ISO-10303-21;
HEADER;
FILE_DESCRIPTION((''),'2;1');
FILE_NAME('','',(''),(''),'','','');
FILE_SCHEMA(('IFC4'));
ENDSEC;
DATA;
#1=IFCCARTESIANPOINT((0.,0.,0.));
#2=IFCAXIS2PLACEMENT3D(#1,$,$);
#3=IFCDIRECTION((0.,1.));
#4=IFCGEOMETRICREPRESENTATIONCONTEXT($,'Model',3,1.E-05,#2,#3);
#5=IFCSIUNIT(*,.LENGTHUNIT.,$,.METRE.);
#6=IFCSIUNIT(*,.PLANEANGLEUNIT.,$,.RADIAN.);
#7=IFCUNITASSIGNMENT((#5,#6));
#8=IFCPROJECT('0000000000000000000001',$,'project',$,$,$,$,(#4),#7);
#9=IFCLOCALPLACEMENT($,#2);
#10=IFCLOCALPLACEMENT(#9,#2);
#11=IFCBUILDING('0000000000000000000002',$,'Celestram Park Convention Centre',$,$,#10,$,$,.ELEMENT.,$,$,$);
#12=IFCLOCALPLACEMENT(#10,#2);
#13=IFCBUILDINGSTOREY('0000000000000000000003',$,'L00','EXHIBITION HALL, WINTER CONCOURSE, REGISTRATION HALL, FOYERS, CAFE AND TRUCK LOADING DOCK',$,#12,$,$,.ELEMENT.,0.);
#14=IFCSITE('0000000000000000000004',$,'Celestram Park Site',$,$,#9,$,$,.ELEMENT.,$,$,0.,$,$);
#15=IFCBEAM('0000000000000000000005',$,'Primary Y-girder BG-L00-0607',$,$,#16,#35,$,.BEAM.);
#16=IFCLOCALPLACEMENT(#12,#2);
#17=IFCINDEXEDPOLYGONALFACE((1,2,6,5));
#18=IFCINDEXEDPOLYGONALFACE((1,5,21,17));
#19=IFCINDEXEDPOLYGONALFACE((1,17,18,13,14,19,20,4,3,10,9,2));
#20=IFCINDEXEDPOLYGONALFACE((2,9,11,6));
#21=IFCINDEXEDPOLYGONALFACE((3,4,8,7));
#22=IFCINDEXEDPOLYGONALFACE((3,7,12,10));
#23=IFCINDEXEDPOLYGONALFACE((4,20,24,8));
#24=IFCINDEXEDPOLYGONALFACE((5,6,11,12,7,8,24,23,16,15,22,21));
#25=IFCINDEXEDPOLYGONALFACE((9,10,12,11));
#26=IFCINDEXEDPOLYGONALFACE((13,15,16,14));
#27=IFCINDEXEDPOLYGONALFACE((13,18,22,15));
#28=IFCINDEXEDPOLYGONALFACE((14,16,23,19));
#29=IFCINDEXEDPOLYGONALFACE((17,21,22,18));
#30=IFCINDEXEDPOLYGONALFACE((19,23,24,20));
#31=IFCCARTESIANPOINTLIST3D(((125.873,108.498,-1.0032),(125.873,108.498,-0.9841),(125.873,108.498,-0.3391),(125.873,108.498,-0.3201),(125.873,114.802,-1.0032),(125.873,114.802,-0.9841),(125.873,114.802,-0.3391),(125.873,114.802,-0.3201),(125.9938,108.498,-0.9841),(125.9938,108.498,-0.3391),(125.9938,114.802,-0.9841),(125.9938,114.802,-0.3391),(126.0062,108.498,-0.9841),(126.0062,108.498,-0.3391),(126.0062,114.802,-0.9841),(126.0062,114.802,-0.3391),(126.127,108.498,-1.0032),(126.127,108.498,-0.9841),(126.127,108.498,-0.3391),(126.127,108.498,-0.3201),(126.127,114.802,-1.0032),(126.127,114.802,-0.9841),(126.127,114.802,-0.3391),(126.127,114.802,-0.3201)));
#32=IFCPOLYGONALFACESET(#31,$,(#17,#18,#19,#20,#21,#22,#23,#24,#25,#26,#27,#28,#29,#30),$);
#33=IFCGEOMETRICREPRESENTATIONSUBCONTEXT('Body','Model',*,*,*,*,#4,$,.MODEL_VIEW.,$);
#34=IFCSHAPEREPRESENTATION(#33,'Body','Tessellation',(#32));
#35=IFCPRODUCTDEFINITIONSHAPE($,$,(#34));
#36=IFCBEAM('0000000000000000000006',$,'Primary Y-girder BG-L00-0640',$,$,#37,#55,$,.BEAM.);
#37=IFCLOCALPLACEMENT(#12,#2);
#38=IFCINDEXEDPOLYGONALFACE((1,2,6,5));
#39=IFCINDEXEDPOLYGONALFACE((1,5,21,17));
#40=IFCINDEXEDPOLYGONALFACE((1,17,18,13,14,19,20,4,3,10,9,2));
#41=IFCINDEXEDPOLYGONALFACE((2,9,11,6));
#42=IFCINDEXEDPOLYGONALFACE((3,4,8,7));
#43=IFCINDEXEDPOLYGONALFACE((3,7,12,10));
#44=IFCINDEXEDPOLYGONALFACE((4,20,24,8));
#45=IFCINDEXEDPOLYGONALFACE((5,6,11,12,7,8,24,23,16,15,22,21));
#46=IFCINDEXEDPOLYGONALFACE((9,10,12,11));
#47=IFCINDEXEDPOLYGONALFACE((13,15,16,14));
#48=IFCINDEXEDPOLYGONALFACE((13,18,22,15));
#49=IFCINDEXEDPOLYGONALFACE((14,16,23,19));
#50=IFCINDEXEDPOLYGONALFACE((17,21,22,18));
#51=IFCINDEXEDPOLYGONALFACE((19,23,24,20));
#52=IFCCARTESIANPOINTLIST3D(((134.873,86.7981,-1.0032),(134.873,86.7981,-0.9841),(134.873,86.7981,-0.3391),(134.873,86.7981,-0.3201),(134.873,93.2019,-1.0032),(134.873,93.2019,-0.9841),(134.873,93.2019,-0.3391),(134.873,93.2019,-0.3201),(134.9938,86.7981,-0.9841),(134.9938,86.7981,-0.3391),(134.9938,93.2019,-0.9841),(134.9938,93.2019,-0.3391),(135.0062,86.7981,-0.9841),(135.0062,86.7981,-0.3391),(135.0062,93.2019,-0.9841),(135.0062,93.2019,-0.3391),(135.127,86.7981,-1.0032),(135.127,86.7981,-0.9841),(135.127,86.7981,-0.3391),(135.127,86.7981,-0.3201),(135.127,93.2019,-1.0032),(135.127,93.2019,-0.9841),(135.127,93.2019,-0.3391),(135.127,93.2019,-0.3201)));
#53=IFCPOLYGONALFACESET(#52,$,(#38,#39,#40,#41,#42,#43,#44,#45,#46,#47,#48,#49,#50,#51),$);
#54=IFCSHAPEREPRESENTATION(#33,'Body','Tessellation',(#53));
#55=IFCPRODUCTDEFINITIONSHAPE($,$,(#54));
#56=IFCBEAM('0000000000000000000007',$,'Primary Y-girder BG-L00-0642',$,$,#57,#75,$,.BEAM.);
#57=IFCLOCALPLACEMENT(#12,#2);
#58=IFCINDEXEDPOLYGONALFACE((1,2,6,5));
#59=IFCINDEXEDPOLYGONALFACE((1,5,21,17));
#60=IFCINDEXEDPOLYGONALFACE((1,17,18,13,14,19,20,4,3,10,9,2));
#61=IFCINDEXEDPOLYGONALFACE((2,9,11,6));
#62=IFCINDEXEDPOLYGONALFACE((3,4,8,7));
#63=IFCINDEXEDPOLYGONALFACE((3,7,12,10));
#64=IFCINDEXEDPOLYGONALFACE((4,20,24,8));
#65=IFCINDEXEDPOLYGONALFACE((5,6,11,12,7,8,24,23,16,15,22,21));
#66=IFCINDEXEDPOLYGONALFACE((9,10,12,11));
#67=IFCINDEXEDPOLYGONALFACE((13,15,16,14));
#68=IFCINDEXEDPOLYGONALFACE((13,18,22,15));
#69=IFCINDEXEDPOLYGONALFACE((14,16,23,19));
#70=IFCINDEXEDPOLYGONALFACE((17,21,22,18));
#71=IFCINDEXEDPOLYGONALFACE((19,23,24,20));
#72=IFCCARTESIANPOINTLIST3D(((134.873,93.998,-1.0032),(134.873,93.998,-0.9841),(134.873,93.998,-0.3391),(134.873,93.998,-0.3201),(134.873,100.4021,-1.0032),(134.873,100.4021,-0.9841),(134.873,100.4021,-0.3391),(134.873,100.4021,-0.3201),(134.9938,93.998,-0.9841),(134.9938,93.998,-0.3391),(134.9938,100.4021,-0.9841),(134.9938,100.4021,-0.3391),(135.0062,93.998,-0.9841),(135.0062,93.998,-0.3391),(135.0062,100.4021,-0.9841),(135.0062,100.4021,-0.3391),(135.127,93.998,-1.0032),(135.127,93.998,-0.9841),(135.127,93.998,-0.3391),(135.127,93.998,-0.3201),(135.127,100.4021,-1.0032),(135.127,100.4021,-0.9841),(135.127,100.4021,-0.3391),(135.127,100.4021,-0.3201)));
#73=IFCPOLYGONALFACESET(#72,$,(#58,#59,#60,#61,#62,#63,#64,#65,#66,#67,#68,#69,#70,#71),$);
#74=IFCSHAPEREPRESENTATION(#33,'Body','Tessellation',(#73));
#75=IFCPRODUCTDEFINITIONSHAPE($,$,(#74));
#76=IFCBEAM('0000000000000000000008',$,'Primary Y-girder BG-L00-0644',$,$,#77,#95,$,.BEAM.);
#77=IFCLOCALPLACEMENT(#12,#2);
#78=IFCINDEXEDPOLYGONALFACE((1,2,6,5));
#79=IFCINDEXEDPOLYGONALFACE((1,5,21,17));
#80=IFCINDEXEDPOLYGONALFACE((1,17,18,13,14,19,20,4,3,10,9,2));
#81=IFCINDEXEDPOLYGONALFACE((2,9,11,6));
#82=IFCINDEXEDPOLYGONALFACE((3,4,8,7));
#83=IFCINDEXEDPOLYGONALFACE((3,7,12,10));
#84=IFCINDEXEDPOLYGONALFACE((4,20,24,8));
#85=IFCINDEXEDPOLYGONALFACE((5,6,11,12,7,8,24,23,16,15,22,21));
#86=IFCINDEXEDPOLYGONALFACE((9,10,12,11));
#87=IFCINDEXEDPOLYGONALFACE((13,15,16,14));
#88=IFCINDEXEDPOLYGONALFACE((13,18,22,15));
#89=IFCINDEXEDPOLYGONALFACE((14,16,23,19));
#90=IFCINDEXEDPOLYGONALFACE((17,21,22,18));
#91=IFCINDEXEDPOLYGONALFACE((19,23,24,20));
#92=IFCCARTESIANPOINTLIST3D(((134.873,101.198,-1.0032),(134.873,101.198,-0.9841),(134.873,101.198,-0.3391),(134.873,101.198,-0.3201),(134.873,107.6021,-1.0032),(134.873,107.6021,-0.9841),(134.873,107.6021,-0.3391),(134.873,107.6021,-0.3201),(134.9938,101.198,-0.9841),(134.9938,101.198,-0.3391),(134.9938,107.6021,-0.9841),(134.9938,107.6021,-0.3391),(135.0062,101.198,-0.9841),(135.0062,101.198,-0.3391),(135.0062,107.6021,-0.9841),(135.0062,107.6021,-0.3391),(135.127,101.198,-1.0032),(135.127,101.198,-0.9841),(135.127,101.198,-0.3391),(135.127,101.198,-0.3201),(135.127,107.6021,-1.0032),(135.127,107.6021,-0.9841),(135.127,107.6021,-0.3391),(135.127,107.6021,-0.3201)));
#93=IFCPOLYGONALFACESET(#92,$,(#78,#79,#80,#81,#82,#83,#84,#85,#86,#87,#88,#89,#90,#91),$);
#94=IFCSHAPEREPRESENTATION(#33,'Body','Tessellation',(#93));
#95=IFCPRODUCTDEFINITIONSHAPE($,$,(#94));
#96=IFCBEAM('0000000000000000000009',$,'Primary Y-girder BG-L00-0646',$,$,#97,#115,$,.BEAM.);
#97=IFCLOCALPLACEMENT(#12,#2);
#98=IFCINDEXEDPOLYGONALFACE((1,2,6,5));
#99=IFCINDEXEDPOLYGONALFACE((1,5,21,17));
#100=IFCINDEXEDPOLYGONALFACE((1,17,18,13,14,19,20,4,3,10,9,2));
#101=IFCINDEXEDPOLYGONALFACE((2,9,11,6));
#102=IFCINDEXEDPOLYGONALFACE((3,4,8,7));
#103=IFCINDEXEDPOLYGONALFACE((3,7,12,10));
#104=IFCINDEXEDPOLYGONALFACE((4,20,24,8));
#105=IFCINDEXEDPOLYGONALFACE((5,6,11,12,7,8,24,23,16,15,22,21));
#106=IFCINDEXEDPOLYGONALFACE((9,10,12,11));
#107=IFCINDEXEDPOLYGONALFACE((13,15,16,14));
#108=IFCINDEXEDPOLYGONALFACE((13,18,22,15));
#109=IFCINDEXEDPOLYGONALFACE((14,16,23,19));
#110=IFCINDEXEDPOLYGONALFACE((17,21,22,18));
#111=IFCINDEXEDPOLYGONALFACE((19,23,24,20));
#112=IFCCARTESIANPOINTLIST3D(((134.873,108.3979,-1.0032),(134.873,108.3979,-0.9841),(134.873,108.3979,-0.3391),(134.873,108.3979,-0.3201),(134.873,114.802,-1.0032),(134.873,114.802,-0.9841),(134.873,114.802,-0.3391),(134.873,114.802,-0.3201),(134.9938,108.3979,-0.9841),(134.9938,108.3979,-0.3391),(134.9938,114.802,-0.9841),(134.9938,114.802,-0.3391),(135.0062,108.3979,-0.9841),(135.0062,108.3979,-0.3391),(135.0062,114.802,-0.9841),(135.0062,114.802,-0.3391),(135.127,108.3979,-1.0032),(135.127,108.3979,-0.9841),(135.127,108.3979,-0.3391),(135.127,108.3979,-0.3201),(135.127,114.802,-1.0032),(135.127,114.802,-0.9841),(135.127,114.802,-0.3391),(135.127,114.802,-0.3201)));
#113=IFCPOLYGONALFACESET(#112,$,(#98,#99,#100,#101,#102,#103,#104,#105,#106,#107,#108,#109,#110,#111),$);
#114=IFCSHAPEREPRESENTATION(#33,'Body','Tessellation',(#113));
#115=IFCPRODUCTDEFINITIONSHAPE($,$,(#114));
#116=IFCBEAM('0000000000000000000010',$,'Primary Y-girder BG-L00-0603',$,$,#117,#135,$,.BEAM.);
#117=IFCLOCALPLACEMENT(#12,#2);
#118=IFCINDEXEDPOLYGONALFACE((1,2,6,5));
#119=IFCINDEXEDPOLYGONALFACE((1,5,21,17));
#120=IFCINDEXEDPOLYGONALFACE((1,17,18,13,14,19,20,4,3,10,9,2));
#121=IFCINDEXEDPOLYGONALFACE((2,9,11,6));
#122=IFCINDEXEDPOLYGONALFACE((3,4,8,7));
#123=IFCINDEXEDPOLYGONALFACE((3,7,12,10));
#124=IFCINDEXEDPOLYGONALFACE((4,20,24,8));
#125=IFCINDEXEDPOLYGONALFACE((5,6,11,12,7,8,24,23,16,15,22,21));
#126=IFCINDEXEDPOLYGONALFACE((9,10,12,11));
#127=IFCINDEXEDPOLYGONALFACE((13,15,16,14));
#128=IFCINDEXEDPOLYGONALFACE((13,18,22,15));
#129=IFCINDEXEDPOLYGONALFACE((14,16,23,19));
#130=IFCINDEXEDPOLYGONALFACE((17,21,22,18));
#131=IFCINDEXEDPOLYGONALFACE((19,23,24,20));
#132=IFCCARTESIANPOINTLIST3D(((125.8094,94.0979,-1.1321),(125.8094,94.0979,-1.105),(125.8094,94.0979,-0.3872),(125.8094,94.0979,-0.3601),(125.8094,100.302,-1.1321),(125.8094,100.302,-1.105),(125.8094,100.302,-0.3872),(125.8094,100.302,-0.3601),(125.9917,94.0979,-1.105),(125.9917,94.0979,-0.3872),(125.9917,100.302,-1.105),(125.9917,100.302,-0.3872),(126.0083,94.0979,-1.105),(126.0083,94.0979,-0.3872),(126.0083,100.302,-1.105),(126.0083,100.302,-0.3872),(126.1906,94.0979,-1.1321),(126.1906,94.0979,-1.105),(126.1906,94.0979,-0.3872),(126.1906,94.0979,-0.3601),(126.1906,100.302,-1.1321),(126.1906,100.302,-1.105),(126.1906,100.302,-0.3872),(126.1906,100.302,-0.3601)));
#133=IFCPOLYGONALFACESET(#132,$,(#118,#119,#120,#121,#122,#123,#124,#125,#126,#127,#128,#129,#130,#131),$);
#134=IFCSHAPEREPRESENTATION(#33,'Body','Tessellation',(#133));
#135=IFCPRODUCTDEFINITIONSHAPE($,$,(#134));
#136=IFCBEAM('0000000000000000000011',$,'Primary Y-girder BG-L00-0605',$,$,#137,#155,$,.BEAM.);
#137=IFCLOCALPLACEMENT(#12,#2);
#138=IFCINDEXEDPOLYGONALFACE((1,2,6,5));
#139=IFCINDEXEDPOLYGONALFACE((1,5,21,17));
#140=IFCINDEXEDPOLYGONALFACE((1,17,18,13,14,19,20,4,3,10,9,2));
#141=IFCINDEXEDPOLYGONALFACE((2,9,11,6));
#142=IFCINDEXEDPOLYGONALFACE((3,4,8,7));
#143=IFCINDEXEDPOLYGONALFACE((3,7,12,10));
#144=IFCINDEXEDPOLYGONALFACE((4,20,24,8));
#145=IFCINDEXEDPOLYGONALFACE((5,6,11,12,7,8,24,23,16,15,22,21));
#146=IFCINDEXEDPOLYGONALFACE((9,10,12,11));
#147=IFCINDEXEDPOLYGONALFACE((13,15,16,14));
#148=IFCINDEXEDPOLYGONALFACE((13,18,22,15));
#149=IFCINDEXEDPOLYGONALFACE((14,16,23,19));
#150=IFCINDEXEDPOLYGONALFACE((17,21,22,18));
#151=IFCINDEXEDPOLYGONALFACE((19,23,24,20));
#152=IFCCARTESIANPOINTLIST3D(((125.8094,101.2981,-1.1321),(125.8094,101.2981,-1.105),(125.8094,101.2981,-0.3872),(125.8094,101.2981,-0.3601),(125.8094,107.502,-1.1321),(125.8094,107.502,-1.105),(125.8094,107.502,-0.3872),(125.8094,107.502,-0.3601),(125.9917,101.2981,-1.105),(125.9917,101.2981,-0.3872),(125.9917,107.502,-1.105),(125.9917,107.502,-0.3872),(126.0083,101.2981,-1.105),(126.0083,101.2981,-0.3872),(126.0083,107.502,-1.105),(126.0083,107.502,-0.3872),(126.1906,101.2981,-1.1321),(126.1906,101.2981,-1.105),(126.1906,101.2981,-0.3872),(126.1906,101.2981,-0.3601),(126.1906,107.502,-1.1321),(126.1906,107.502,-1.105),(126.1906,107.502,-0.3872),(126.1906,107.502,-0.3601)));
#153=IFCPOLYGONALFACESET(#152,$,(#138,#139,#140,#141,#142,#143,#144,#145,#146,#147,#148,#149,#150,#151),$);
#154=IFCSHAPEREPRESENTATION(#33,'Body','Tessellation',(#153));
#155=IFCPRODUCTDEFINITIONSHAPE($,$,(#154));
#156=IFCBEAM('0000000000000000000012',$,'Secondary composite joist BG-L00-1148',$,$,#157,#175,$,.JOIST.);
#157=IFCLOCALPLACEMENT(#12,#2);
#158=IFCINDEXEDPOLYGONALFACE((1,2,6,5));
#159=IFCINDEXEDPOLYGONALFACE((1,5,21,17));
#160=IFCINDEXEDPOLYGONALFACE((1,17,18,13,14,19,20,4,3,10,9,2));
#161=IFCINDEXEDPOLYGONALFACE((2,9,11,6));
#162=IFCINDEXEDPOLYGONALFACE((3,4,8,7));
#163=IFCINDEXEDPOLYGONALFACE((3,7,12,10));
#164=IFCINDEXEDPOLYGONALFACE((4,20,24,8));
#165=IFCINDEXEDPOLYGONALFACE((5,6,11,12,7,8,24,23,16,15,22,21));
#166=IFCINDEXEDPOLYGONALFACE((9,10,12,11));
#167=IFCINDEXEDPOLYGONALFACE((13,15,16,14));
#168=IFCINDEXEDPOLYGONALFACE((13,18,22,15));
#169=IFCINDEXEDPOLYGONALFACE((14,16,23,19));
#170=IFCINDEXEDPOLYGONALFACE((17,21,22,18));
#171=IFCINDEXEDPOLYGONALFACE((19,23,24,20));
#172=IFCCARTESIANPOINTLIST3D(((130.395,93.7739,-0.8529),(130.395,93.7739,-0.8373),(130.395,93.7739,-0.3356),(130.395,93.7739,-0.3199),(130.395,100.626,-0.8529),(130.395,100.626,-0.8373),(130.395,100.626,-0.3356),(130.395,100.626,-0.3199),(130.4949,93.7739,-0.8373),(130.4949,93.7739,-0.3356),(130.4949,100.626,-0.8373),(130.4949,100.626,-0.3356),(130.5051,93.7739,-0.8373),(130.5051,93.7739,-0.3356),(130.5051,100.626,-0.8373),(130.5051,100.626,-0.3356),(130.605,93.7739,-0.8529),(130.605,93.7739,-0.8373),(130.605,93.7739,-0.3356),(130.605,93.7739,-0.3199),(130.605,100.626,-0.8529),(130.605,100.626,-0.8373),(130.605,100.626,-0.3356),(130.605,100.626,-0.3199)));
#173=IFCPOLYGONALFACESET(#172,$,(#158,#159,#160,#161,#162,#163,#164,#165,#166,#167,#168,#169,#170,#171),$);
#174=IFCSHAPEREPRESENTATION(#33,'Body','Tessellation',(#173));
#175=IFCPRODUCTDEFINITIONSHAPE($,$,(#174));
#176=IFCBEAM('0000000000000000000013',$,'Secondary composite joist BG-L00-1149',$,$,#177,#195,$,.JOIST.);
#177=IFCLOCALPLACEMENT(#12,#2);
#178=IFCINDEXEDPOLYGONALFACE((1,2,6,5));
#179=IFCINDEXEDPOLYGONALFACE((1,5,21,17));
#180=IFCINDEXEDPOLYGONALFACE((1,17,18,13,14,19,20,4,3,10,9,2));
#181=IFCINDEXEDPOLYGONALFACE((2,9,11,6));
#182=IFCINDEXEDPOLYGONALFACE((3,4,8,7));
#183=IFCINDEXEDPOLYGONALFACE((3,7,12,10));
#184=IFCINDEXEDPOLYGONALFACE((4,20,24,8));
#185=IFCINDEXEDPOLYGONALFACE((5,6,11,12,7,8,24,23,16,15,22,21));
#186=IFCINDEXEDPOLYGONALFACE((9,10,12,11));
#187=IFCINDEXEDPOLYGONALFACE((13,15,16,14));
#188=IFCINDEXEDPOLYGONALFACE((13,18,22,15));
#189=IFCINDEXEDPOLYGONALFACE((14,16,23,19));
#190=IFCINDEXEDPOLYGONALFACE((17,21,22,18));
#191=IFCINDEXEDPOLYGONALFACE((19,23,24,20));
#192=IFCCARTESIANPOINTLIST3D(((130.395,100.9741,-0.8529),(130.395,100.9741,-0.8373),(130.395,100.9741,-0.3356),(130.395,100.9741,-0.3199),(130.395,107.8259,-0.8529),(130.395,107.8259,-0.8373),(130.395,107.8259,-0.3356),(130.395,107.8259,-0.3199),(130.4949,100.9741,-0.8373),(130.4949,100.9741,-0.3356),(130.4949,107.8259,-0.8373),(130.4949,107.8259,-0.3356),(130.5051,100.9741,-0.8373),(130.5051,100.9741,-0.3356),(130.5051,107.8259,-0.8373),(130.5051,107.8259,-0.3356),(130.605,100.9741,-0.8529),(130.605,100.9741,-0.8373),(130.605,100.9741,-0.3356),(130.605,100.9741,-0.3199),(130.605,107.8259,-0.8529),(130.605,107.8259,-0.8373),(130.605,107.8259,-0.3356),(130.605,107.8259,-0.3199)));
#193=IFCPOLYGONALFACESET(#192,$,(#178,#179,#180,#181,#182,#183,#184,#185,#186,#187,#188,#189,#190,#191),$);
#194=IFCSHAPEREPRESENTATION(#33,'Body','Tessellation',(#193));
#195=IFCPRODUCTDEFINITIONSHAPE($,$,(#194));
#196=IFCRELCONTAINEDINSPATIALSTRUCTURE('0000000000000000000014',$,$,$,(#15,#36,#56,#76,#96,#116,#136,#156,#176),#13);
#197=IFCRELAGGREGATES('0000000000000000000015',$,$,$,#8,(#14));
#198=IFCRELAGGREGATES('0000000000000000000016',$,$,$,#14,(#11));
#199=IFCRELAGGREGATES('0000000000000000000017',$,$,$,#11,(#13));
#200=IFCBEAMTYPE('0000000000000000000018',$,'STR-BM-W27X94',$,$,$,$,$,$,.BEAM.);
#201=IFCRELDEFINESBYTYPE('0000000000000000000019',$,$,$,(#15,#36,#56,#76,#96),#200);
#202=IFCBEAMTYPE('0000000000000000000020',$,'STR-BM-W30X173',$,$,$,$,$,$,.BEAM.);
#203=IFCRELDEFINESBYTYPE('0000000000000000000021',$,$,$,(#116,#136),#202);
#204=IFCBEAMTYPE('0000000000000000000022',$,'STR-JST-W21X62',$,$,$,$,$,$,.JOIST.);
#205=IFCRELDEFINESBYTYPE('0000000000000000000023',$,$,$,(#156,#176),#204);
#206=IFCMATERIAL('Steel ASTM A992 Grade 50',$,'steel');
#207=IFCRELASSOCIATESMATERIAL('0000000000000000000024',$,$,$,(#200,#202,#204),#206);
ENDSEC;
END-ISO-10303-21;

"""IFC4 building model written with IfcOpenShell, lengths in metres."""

from ifc_helpers import new_model, si_unit, direction, frame, origin, origin_2d, place, context, subcontext, project, spatial, i_section, extrude, material, material_profile, profile_set, type_object, element, save


model = new_model("IFC4")

# Units and contexts
model_context = context("Model", 3, precision=1e-05, world=origin(), true_north=direction((0.0, 1.0)))
body_context = subcontext(model_context, "Body", "Model", "MODEL_VIEW")
ifc_project = project(units=[si_unit("LENGTHUNIT", "METRE"), si_unit("PLANEANGLEUNIT", "RADIAN")], contexts=[model_context])

# Site, building, storey
site_placement = place(None, origin())
site = spatial("IfcSite", under=ifc_project, at=site_placement, Name="Celestram Park Site", CompositionType="ELEMENT", RefElevation=0.0)
building_placement = place(site_placement, origin())
building = spatial("IfcBuilding", under=site, at=building_placement, Name="Celestram Park Convention Centre", CompositionType="ELEMENT")
storey_placement = place(building_placement, origin())
storey = spatial("IfcBuildingStorey", under=building, at=storey_placement, Name="L00", Description="EXHIBITION HALL, WINTER CONCOURSE, REGISTRATION HALL, FOYERS, CAFE AND TRUCK LOADING DOCK", CompositionType="ELEMENT", Elevation=0.0)

# Beams
ifc_material_1 = material(Name="Steel ASTM A992 Grade 50", Category="steel")
ifc_material_profile_1 = material_profile(ifc_material_1, i_section(OverallWidth=0.2539, OverallDepth=0.6831, WebThickness=0.0125, FlangeThickness=0.019, at=origin_2d()), Name="W27X94")
ifc_profile_set_1 = profile_set([ifc_material_profile_1], Name="Steel ASTM A992 Grade 50")
beam_type_1 = type_object("IfcBeamType", Name="STR-BM-W27X94", PredefinedType="BEAM", material=ifc_profile_set_1)
beam_1_placement = place(storey_placement, frame((126.0, 108.498, -0.6616), z_axis=(0.0, 1.0, 0.0), x_axis=(-1.0, 0.0, 0.0)))
element("IfcBeam", 1, at=beam_1_placement, inside=storey, type_object=beam_type_1, Name="Primary Y-girder BG-L00-0607", PredefinedType="BEAM", context=body_context, shape_type="SweptSolid", body=[
    extrude(i_section(OverallWidth=0.2539, OverallDepth=0.6831, WebThickness=0.0125, FlangeThickness=0.019, at=origin_2d()), origin(), (0.0, 0.0, 1.0), 6.304),
])
beam_2_placement = place(storey_placement, frame((135.0, 86.7981, -0.6616), z_axis=(0.0, 1.0, 0.0), x_axis=(-1.0, 0.0, 0.0)))
element("IfcBeam", 2, at=beam_2_placement, inside=storey, type_object=beam_type_1, Name="Primary Y-girder BG-L00-0640", PredefinedType="BEAM", context=body_context, shape_type="SweptSolid", body=[
    extrude(i_section(OverallWidth=0.2539, OverallDepth=0.6831, WebThickness=0.0125, FlangeThickness=0.019, at=origin_2d()), origin(), (0.0, 0.0, 1.0), 6.4038),
])
for number, where, z_axis, x_axis, name in (
    (3, (135.0, 93.998, -0.6616), (0.0, 1.0, 0.0), (-1.0, 0.0, 0.0), "Primary Y-girder BG-L00-0642"),
    (4, (135.0, 101.198, -0.6616), (0.0, 1.0, 0.0), (-1.0, 0.0, 0.0), "Primary Y-girder BG-L00-0644"),
    (5, (135.0, 108.3979, -0.6616), (0.0, 1.0, 0.0), (-1.0, 0.0, 0.0), "Primary Y-girder BG-L00-0646"),
):
    element("IfcBeam", number, at=place(storey_placement, frame(where, z_axis=z_axis, x_axis=x_axis)), inside=storey, type_object=beam_type_1, Name=name, PredefinedType="BEAM", context=body_context, shape_type="SweptSolid", body=[
        extrude(i_section(OverallWidth=0.2539, OverallDepth=0.6831, WebThickness=0.0125, FlangeThickness=0.019, at=origin_2d()), origin(), (0.0, 0.0, 1.0), 6.4041),
    ])
ifc_material_profile_2 = material_profile(ifc_material_1, i_section(OverallWidth=0.3811, OverallDepth=0.772, WebThickness=0.0166, FlangeThickness=0.0271, at=origin_2d()), Name="W30X173")
ifc_profile_set_2 = profile_set([ifc_material_profile_2], Name="Steel ASTM A992 Grade 50")
beam_type_2 = type_object("IfcBeamType", Name="STR-BM-W30X173", PredefinedType="BEAM", material=ifc_profile_set_2)
beam_3_placement = place(storey_placement, frame((126.0, 94.0979, -0.7461), z_axis=(0.0, 1.0, 0.0), x_axis=(-1.0, 0.0, 0.0)))
element("IfcBeam", 6, at=beam_3_placement, inside=storey, type_object=beam_type_2, Name="Primary Y-girder BG-L00-0603", PredefinedType="BEAM", context=body_context, shape_type="SweptSolid", body=[
    extrude(i_section(OverallWidth=0.3811, OverallDepth=0.772, WebThickness=0.0166, FlangeThickness=0.0271, at=origin_2d()), origin(), (0.0, 0.0, 1.0), 6.2041),
])
beam_4_placement = place(storey_placement, frame((126.0, 101.2981, -0.7461), z_axis=(0.0, 1.0, 0.0), x_axis=(-1.0, 0.0, 0.0)))
element("IfcBeam", 7, at=beam_4_placement, inside=storey, type_object=beam_type_2, Name="Primary Y-girder BG-L00-0605", PredefinedType="BEAM", context=body_context, shape_type="SweptSolid", body=[
    extrude(i_section(OverallWidth=0.3811, OverallDepth=0.772, WebThickness=0.0166, FlangeThickness=0.0271, at=origin_2d()), origin(), (0.0, 0.0, 1.0), 6.2039),
])
ifc_material_profile_3 = material_profile(ifc_material_1, i_section(OverallWidth=0.21, OverallDepth=0.533, WebThickness=0.0103, FlangeThickness=0.0156, at=origin_2d()), Name="W21X62")
ifc_profile_set_3 = profile_set([ifc_material_profile_3], Name="Steel ASTM A992 Grade 50")
beam_type_3 = type_object("IfcBeamType", Name="STR-JST-W21X62", PredefinedType="JOIST", material=ifc_profile_set_3)
beam_5_placement = place(storey_placement, frame((130.5, 93.7739, -0.5864), z_axis=(0.0, 1.0, 0.0), x_axis=(-1.0, 0.0, 0.0)))
element("IfcBeam", 8, at=beam_5_placement, inside=storey, type_object=beam_type_3, Name="Secondary composite joist BG-L00-1148", PredefinedType="JOIST", context=body_context, shape_type="SweptSolid", body=[
    extrude(i_section(OverallWidth=0.21, OverallDepth=0.533, WebThickness=0.0103, FlangeThickness=0.0156, at=origin_2d()), origin(), (0.0, 0.0, 1.0), 6.8521),
])
for number, where, z_axis, x_axis, name in (
    (9, (130.5, 100.9741, -0.5864), (0.0, 1.0, 0.0), (-1.0, 0.0, 0.0), "Secondary composite joist BG-L00-1149"),
):
    element("IfcBeam", number, at=place(storey_placement, frame(where, z_axis=z_axis, x_axis=x_axis)), inside=storey, type_object=beam_type_3, Name=name, PredefinedType="JOIST", context=body_context, shape_type="SweptSolid", body=[
        extrude(i_section(OverallWidth=0.21, OverallDepth=0.533, WebThickness=0.0103, FlangeThickness=0.0156, at=origin_2d()), origin(), (0.0, 0.0, 1.0), 6.8518),
    ])

save(model, "model.ifc")
